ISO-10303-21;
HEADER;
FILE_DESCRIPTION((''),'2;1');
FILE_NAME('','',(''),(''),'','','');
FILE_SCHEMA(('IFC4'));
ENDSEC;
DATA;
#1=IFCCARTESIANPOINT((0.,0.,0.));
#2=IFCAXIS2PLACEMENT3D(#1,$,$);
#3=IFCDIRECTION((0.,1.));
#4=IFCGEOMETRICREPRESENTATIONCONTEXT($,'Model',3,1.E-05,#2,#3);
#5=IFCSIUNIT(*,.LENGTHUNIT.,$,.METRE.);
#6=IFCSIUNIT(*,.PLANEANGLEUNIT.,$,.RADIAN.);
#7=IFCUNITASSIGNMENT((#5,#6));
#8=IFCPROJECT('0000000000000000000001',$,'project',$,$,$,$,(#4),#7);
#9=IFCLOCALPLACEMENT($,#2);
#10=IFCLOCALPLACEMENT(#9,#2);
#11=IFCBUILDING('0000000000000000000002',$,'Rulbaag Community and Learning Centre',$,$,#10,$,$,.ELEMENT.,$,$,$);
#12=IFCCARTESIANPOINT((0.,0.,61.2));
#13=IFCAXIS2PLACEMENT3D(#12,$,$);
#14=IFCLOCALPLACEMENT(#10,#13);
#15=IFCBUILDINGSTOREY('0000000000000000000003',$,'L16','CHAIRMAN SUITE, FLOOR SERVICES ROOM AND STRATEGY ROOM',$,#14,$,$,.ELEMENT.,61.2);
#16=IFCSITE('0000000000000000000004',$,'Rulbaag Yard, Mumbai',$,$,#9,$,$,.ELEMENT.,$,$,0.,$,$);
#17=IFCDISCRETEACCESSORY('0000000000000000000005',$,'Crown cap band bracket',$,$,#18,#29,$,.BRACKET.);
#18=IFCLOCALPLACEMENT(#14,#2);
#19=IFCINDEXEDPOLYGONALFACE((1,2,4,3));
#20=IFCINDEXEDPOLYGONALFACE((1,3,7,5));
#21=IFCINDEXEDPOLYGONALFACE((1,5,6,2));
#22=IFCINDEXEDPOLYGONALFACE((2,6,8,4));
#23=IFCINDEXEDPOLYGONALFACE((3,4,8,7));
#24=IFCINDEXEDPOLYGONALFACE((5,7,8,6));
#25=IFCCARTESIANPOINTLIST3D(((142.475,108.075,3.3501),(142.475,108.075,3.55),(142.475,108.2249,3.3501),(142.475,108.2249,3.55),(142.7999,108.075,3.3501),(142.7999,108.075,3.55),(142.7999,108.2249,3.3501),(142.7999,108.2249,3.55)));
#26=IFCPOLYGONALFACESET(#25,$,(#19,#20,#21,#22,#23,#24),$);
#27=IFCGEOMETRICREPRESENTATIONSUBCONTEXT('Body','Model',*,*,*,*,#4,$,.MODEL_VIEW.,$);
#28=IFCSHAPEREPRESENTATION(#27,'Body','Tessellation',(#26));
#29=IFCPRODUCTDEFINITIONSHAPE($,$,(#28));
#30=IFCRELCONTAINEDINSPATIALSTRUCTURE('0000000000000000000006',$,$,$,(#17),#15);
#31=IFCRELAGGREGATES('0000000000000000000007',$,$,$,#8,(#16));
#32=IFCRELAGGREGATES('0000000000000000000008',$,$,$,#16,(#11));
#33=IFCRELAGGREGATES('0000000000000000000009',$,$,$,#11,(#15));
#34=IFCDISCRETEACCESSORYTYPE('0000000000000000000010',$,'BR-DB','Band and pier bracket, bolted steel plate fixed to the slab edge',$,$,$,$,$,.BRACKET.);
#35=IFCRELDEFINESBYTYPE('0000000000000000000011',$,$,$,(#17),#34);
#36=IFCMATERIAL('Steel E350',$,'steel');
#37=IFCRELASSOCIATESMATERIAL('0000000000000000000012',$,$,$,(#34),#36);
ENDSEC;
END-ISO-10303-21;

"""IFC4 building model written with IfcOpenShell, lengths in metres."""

from ifc_helpers import new_model, si_unit, direction, frame, origin, origin_2d, place, context, subcontext, project, spatial, rectangle, extrude, material, type_object, element, save


model = new_model("IFC4")

# Units and contexts
model_context = context("Model", 3, precision=1e-05, world=origin(), true_north=direction((0.0, 1.0)))
body_context = subcontext(model_context, "Body", "Model", "MODEL_VIEW")
ifc_project = project(units=[si_unit("LENGTHUNIT", "METRE"), si_unit("PLANEANGLEUNIT", "RADIAN")], contexts=[model_context])

# Site, building, storey
site_placement = place(None, origin())
site = spatial("IfcSite", under=ifc_project, at=site_placement, Name="Rulbaag Yard, Mumbai", CompositionType="ELEMENT", RefElevation=0.0)
building_placement = place(site_placement, origin())
building = spatial("IfcBuilding", under=site, at=building_placement, Name="Rulbaag Community and Learning Centre", CompositionType="ELEMENT")
storey_placement = place(building_placement, frame((0.0, 0.0, 61.2)))
storey = spatial("IfcBuildingStorey", under=building, at=storey_placement, Name="L16", Description="CHAIRMAN SUITE, FLOOR SERVICES ROOM AND STRATEGY ROOM", CompositionType="ELEMENT", Elevation=61.2)

# Discrete accessory
ifc_material_1 = material(Name="Steel E350", Category="steel")
discrete_accessory_type = type_object("IfcDiscreteAccessoryType", Name="BR-DB", Description="Band and pier bracket, bolted steel plate fixed to the slab edge", PredefinedType="BRACKET", material=ifc_material_1)
for number, where, z_axis, x_axis, name in (
    (1, (142.6375, 108.1499, 3.3501), (0.0, 0.0, 1.0), (1.0, 0.0, 0.0), "Crown cap band bracket"),
):
    element("IfcDiscreteAccessory", number, at=place(storey_placement, frame(where, z_axis=z_axis, x_axis=x_axis)), inside=storey, type_object=discrete_accessory_type, Name=name, PredefinedType="BRACKET", context=body_context, shape_type="SweptSolid", body=[
        extrude(rectangle(XDim=0.325, YDim=0.1499, at=origin_2d()), origin(), (0.0, 0.0, 1.0), 0.2),
    ])

save(model, "model.ifc")
